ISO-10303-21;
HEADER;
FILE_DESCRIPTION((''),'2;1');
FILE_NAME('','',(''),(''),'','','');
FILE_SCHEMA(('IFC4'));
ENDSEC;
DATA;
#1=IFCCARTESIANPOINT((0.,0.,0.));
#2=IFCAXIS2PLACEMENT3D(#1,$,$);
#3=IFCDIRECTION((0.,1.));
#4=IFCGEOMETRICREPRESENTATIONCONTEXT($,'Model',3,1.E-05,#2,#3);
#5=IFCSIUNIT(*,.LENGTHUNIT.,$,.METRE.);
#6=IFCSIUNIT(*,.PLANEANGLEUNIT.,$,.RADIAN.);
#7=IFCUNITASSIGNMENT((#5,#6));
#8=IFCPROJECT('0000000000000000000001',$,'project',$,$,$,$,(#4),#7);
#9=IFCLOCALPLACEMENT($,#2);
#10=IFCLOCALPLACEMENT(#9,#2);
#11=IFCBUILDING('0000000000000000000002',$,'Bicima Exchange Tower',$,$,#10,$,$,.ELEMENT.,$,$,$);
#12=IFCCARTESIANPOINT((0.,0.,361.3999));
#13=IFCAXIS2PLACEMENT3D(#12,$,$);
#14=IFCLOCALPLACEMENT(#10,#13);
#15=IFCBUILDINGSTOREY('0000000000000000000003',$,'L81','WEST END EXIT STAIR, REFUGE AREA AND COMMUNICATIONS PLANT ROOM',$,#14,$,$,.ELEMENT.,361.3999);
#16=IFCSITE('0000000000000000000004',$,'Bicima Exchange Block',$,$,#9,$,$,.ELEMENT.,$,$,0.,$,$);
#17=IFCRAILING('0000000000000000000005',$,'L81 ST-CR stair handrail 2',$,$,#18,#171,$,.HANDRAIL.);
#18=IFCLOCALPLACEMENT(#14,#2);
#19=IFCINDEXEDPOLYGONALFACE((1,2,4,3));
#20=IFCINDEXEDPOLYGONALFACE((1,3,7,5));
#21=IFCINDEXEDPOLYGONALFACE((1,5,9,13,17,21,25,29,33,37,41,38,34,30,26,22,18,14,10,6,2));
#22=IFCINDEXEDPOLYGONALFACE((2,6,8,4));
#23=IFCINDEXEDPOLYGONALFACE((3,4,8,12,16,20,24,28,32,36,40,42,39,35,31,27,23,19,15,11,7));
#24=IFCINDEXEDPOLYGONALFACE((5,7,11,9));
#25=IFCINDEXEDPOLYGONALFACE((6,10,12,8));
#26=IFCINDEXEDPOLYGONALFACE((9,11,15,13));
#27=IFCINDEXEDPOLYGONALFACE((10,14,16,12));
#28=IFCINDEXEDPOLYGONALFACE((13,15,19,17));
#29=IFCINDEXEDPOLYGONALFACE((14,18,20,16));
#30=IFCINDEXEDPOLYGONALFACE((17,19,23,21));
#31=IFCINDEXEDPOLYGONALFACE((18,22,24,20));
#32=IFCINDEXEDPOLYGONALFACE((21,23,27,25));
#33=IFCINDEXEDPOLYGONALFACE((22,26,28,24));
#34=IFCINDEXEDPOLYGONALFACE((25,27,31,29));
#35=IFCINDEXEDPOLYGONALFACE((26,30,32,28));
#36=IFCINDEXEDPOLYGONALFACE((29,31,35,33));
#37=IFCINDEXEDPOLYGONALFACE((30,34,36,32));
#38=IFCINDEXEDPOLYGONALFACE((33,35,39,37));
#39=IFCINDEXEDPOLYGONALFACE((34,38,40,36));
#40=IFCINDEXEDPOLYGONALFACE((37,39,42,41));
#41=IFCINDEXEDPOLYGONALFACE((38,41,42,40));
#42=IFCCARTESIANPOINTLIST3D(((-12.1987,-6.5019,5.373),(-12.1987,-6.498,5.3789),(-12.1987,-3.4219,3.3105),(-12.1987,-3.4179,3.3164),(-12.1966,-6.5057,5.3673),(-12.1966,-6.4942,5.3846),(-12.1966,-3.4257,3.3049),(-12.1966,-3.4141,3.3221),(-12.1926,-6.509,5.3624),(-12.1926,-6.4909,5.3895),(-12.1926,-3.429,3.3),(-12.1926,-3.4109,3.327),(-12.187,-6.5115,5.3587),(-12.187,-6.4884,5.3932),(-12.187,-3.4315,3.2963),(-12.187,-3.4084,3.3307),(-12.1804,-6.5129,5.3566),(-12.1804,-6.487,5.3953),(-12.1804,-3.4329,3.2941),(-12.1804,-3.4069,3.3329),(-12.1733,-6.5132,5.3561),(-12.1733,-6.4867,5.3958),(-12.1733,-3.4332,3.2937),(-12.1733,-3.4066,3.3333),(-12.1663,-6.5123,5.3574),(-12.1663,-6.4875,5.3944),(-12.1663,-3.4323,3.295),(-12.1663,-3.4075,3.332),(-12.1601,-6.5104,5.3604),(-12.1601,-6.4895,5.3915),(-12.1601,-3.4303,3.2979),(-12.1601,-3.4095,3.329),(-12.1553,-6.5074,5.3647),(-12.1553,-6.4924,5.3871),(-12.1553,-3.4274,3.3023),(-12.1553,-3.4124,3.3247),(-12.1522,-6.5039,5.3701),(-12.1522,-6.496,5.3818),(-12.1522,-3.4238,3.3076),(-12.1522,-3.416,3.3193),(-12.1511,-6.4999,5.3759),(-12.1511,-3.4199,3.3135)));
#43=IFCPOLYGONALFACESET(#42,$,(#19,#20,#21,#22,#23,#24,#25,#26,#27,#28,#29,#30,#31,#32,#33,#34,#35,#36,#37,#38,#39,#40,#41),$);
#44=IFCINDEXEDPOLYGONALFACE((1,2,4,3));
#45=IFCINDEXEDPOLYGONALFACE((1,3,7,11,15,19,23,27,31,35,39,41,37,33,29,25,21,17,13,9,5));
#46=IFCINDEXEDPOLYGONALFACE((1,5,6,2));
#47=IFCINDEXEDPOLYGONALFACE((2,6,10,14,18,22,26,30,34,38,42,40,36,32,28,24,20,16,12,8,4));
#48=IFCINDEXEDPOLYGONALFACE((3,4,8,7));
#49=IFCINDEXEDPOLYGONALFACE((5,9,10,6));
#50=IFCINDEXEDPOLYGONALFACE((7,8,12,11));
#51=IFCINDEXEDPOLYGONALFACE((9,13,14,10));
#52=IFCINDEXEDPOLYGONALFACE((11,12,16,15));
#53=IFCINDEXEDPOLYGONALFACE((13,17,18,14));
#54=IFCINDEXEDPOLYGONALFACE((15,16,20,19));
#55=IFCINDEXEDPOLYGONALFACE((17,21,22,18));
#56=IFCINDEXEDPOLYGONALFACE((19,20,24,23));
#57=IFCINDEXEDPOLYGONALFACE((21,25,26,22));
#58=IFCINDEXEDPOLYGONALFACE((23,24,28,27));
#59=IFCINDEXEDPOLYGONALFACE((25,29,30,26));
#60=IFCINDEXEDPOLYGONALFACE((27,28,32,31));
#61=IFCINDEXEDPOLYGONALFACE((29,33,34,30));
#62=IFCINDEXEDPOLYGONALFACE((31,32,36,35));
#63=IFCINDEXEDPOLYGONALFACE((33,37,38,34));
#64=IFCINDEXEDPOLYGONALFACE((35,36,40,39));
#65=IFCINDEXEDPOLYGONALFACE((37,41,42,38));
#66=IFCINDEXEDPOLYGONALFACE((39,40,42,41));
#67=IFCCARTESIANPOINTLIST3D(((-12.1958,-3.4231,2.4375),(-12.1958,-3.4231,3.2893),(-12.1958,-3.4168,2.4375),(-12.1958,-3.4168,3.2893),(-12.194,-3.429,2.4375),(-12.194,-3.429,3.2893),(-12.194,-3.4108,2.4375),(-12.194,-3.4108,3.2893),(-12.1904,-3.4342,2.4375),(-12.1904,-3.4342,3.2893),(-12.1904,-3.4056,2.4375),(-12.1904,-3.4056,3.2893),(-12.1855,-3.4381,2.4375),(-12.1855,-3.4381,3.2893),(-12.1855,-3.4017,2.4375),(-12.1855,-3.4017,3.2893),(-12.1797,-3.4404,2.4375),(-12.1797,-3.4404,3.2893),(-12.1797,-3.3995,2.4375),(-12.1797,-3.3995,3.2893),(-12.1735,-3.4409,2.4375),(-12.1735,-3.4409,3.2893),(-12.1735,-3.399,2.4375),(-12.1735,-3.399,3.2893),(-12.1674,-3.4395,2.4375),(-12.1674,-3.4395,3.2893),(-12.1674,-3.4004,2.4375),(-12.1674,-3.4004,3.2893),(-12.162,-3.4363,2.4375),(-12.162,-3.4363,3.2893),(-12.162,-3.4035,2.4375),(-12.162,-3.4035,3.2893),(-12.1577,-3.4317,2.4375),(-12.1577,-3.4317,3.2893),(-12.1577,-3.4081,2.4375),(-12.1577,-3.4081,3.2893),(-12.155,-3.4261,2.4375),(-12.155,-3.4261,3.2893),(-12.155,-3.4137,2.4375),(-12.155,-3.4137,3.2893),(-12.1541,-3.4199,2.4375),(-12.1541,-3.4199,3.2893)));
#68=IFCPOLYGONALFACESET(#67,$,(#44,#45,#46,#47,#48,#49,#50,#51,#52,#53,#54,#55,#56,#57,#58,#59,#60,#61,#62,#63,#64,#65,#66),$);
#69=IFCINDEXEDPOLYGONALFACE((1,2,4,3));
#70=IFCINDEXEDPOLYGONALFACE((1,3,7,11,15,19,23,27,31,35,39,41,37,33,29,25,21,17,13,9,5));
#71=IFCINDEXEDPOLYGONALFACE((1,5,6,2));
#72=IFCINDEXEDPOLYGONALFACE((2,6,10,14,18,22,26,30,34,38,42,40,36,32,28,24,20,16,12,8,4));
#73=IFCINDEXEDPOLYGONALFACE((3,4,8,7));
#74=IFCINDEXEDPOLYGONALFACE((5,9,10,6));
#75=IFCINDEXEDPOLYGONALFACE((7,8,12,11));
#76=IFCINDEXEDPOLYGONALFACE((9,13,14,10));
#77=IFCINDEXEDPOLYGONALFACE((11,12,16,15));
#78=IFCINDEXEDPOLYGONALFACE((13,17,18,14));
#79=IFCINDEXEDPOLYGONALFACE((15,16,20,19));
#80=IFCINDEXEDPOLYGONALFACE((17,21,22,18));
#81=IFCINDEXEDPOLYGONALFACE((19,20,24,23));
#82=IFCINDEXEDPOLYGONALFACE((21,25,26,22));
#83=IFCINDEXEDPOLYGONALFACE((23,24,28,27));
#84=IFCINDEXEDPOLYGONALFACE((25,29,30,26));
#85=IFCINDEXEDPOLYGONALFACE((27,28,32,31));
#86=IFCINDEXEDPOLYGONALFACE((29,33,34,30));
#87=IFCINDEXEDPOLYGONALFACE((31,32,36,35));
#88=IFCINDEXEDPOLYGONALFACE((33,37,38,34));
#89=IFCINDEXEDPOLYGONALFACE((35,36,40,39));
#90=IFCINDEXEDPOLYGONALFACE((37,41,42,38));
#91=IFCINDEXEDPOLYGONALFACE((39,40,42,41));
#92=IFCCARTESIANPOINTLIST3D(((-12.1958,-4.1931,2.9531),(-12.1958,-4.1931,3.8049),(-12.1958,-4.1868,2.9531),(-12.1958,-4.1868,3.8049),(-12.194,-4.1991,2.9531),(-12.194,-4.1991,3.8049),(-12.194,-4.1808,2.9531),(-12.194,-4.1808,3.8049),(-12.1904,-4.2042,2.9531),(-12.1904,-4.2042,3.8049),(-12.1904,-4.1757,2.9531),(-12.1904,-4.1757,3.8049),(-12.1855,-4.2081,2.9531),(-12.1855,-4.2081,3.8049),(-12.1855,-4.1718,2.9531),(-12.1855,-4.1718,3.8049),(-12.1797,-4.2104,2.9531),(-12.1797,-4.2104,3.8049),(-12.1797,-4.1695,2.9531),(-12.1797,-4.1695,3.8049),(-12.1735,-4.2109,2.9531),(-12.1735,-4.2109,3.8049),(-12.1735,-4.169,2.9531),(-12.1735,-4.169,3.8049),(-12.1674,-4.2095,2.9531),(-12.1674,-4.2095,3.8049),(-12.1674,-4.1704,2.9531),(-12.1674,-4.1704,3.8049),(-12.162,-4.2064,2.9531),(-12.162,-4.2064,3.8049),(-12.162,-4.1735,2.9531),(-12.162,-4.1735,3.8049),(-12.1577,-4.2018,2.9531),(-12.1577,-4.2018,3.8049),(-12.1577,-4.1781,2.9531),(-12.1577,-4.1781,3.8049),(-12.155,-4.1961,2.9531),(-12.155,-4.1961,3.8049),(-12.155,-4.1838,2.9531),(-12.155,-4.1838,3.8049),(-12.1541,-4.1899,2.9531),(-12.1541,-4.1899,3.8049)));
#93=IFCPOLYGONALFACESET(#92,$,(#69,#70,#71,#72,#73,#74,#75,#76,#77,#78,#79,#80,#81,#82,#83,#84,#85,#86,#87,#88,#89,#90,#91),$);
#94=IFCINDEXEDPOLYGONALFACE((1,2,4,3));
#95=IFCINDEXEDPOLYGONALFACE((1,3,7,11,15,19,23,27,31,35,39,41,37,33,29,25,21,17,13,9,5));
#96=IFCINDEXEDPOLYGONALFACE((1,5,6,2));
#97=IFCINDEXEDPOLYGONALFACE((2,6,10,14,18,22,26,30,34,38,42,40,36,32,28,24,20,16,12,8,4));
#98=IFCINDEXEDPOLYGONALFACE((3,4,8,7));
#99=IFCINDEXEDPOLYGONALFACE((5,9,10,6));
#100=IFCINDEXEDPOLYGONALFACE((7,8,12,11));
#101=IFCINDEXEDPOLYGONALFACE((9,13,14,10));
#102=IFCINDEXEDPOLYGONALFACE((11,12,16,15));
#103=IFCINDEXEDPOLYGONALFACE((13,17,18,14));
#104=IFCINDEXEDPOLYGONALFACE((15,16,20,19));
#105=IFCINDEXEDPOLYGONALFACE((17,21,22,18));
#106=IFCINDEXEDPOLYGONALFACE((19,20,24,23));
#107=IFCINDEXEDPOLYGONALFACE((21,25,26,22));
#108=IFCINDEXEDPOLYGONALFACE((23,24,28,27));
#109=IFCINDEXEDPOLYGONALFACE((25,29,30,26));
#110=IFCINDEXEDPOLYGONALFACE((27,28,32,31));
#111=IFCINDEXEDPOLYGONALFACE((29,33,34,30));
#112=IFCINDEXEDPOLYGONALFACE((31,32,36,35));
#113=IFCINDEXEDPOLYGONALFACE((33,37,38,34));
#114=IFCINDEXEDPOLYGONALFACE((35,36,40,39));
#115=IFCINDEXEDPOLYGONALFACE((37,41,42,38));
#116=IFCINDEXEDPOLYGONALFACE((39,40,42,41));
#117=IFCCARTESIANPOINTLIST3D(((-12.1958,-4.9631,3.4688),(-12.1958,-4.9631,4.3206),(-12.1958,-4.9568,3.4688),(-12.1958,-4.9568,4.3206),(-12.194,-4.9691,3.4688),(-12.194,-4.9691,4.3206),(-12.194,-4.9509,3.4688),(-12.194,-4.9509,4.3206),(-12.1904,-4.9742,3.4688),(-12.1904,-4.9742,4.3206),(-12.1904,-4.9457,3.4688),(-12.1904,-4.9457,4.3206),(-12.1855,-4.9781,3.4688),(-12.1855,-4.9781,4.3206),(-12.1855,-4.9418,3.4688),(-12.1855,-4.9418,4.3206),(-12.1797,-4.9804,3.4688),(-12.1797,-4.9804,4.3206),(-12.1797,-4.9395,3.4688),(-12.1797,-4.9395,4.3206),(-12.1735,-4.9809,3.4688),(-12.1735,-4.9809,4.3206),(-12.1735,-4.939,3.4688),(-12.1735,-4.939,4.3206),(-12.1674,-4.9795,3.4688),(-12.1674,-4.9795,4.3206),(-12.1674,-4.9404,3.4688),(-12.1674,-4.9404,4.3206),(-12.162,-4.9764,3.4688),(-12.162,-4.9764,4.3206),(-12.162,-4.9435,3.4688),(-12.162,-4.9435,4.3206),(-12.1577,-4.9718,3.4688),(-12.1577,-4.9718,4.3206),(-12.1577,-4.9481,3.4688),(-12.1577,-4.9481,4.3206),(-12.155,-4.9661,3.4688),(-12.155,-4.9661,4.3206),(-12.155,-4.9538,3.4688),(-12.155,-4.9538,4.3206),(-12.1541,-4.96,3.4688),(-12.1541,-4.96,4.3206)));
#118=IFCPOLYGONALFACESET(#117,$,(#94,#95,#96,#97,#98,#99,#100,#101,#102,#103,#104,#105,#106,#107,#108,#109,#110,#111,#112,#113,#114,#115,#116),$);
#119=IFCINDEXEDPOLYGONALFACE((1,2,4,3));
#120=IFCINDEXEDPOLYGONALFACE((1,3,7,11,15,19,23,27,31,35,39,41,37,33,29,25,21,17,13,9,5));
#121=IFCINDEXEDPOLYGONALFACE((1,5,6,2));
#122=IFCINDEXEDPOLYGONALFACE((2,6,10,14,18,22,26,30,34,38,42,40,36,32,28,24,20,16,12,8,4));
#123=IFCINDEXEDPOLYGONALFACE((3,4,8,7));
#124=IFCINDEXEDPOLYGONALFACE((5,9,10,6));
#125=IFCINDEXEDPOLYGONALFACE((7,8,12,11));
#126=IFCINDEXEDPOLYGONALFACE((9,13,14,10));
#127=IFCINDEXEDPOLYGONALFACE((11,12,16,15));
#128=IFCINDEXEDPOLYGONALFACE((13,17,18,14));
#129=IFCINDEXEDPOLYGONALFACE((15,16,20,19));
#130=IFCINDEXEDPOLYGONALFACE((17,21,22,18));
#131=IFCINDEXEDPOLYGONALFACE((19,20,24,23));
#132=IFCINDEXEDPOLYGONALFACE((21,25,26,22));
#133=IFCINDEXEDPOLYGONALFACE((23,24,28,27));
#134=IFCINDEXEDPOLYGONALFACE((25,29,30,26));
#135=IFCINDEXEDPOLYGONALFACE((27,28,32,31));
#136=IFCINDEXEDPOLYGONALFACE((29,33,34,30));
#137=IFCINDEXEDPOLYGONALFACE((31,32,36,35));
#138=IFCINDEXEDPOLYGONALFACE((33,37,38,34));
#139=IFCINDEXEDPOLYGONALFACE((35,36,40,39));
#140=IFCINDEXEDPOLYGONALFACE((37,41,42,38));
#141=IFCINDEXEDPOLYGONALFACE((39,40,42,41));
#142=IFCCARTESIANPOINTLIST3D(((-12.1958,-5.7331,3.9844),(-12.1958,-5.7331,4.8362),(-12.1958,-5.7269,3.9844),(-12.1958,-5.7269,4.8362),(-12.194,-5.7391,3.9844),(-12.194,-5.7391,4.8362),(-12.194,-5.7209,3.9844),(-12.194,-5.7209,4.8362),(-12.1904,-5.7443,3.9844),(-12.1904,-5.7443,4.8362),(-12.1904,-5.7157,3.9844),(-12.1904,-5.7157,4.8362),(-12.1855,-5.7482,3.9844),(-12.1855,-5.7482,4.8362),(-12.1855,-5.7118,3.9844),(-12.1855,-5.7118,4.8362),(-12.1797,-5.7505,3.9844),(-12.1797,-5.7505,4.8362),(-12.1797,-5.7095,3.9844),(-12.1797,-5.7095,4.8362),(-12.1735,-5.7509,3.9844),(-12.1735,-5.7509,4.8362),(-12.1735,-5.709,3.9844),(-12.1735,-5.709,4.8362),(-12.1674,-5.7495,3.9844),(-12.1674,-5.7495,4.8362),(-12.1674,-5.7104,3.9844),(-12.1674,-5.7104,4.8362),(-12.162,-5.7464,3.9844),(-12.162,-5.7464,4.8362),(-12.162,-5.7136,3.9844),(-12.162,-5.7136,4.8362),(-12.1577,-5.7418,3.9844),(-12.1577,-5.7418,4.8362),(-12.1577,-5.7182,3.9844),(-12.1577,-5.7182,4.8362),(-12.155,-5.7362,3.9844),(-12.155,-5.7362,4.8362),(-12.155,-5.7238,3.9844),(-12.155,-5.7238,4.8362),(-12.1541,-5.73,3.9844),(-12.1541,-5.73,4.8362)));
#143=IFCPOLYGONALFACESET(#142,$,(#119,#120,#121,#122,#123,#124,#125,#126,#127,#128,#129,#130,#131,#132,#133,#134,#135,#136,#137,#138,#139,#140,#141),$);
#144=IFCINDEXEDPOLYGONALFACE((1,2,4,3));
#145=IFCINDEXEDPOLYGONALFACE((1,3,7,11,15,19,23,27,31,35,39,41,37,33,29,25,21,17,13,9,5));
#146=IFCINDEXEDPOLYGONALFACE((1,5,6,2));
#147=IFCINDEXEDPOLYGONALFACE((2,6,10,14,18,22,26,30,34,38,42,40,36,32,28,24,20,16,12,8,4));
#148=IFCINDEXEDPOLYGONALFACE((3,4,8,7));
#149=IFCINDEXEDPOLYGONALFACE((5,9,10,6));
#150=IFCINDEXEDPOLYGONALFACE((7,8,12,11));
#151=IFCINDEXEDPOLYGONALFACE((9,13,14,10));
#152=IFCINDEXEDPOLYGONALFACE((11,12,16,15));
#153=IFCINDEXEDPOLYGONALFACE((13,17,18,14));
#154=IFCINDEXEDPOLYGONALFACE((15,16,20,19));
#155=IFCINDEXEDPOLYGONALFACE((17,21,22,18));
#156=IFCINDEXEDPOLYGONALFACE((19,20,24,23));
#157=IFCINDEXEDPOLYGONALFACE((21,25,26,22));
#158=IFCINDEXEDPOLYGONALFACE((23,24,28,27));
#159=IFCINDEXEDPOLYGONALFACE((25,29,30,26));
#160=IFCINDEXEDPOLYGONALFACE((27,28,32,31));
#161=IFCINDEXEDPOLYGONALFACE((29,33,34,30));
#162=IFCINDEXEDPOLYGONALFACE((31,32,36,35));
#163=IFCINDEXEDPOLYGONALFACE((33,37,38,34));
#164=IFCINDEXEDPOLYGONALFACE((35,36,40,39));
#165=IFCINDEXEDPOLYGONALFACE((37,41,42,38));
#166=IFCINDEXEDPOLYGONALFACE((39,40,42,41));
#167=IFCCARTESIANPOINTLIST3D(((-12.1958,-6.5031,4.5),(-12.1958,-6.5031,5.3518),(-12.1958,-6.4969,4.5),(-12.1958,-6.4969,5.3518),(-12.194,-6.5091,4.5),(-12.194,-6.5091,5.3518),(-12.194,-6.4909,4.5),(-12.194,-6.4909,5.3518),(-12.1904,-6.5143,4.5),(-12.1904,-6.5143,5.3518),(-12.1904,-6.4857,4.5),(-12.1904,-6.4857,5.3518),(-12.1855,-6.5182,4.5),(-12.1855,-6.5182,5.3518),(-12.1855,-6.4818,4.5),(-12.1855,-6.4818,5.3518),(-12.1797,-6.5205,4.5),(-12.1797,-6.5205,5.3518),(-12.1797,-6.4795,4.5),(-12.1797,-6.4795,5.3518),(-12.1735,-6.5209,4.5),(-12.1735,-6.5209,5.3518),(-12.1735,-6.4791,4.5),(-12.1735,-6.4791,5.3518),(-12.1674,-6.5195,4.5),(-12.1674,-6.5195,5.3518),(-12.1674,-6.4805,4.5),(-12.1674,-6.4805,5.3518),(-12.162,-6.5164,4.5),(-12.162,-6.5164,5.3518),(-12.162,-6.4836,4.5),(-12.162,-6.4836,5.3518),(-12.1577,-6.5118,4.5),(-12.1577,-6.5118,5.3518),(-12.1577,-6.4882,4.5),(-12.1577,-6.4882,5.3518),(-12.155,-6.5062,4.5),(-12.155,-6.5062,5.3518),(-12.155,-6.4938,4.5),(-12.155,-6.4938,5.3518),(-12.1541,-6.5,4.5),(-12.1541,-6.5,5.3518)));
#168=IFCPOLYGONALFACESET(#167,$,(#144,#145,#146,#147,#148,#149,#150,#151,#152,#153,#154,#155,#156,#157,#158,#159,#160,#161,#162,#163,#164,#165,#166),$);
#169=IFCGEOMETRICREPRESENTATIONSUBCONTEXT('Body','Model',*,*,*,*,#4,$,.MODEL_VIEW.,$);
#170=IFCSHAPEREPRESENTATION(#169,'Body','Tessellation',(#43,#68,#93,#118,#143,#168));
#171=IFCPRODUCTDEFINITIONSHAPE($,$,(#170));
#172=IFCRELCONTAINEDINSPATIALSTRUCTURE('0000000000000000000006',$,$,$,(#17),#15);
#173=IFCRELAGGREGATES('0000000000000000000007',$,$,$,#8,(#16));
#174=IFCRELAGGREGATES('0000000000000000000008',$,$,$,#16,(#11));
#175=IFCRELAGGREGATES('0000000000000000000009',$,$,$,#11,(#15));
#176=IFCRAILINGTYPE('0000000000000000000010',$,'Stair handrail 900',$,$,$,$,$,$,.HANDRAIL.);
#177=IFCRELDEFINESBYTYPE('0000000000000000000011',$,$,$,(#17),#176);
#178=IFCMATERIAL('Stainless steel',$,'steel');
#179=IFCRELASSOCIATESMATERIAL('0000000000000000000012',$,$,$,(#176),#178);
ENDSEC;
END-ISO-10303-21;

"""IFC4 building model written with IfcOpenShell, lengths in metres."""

from ifc_helpers import new_model, si_unit, direction, frame, origin, origin_2d, place, context, subcontext, project, spatial, circle, extrude, material, type_object, element, save


model = new_model("IFC4")

# Units and contexts
model_context = context("Model", 3, precision=1e-05, world=origin(), true_north=direction((0.0, 1.0)))
body_context = subcontext(model_context, "Body", "Model", "MODEL_VIEW")
ifc_project = project(units=[si_unit("LENGTHUNIT", "METRE"), si_unit("PLANEANGLEUNIT", "RADIAN")], contexts=[model_context])

# Site, building, storey
site_placement = place(None, origin())
site = spatial("IfcSite", under=ifc_project, at=site_placement, Name="Bicima Exchange Block", CompositionType="ELEMENT", RefElevation=0.0)
building_placement = place(site_placement, origin())
building = spatial("IfcBuilding", under=site, at=building_placement, Name="Bicima Exchange Tower", CompositionType="ELEMENT")
storey_placement = place(building_placement, frame((0.0, 0.0, 361.3999)))
storey = spatial("IfcBuildingStorey", under=building, at=storey_placement, Name="L81", Description="WEST END EXIT STAIR, REFUGE AREA AND COMMUNICATIONS PLANT ROOM", CompositionType="ELEMENT", Elevation=361.3999)

# Shared definitions
ifc_material_1 = material(Name="Stainless steel", Category="steel")

# Railing
railing_type_1 = type_object("IfcRailingType", Name="Stair handrail 900", PredefinedType="HANDRAIL", material=ifc_material_1)
railing_1_placement = place(storey_placement, frame((-12.175, -3.4199, 2.4375)))
element("IfcRailing", 1, at=railing_1_placement, inside=storey, type_object=railing_type_1, Name="L81 ST-CR stair handrail 2", PredefinedType="HANDRAIL", context=body_context, shape_type="SweptSolid", body=[
    extrude(circle(Radius=0.0239, at=origin_2d()), frame((0.0, 0.0, 0.876), z_axis=(0.0, -0.830914, 0.556401), x_axis=(1.0, 0.0, 0.0)), (0.0, 0.0, 1.0), 3.7068),
    extrude(circle(Radius=0.021, at=origin_2d()), origin(), (0.0, 0.0, 1.0), 0.8518),
    extrude(circle(Radius=0.021, at=origin_2d()), frame((0.0, -0.77, 0.5156)), (0.0, 0.0, 1.0), 0.8518),
    extrude(circle(Radius=0.021, at=origin_2d()), frame((0.0, -1.54, 1.0312)), (0.0, 0.0, 1.0), 0.8518),
    extrude(circle(Radius=0.021, at=origin_2d()), frame((0.0, -2.3101, 1.5469)), (0.0, 0.0, 1.0), 0.8518),
    extrude(circle(Radius=0.021, at=origin_2d()), frame((0.0, -3.0801, 2.0625)), (0.0, 0.0, 1.0), 0.8518),
])

save(model, "model.ifc")
